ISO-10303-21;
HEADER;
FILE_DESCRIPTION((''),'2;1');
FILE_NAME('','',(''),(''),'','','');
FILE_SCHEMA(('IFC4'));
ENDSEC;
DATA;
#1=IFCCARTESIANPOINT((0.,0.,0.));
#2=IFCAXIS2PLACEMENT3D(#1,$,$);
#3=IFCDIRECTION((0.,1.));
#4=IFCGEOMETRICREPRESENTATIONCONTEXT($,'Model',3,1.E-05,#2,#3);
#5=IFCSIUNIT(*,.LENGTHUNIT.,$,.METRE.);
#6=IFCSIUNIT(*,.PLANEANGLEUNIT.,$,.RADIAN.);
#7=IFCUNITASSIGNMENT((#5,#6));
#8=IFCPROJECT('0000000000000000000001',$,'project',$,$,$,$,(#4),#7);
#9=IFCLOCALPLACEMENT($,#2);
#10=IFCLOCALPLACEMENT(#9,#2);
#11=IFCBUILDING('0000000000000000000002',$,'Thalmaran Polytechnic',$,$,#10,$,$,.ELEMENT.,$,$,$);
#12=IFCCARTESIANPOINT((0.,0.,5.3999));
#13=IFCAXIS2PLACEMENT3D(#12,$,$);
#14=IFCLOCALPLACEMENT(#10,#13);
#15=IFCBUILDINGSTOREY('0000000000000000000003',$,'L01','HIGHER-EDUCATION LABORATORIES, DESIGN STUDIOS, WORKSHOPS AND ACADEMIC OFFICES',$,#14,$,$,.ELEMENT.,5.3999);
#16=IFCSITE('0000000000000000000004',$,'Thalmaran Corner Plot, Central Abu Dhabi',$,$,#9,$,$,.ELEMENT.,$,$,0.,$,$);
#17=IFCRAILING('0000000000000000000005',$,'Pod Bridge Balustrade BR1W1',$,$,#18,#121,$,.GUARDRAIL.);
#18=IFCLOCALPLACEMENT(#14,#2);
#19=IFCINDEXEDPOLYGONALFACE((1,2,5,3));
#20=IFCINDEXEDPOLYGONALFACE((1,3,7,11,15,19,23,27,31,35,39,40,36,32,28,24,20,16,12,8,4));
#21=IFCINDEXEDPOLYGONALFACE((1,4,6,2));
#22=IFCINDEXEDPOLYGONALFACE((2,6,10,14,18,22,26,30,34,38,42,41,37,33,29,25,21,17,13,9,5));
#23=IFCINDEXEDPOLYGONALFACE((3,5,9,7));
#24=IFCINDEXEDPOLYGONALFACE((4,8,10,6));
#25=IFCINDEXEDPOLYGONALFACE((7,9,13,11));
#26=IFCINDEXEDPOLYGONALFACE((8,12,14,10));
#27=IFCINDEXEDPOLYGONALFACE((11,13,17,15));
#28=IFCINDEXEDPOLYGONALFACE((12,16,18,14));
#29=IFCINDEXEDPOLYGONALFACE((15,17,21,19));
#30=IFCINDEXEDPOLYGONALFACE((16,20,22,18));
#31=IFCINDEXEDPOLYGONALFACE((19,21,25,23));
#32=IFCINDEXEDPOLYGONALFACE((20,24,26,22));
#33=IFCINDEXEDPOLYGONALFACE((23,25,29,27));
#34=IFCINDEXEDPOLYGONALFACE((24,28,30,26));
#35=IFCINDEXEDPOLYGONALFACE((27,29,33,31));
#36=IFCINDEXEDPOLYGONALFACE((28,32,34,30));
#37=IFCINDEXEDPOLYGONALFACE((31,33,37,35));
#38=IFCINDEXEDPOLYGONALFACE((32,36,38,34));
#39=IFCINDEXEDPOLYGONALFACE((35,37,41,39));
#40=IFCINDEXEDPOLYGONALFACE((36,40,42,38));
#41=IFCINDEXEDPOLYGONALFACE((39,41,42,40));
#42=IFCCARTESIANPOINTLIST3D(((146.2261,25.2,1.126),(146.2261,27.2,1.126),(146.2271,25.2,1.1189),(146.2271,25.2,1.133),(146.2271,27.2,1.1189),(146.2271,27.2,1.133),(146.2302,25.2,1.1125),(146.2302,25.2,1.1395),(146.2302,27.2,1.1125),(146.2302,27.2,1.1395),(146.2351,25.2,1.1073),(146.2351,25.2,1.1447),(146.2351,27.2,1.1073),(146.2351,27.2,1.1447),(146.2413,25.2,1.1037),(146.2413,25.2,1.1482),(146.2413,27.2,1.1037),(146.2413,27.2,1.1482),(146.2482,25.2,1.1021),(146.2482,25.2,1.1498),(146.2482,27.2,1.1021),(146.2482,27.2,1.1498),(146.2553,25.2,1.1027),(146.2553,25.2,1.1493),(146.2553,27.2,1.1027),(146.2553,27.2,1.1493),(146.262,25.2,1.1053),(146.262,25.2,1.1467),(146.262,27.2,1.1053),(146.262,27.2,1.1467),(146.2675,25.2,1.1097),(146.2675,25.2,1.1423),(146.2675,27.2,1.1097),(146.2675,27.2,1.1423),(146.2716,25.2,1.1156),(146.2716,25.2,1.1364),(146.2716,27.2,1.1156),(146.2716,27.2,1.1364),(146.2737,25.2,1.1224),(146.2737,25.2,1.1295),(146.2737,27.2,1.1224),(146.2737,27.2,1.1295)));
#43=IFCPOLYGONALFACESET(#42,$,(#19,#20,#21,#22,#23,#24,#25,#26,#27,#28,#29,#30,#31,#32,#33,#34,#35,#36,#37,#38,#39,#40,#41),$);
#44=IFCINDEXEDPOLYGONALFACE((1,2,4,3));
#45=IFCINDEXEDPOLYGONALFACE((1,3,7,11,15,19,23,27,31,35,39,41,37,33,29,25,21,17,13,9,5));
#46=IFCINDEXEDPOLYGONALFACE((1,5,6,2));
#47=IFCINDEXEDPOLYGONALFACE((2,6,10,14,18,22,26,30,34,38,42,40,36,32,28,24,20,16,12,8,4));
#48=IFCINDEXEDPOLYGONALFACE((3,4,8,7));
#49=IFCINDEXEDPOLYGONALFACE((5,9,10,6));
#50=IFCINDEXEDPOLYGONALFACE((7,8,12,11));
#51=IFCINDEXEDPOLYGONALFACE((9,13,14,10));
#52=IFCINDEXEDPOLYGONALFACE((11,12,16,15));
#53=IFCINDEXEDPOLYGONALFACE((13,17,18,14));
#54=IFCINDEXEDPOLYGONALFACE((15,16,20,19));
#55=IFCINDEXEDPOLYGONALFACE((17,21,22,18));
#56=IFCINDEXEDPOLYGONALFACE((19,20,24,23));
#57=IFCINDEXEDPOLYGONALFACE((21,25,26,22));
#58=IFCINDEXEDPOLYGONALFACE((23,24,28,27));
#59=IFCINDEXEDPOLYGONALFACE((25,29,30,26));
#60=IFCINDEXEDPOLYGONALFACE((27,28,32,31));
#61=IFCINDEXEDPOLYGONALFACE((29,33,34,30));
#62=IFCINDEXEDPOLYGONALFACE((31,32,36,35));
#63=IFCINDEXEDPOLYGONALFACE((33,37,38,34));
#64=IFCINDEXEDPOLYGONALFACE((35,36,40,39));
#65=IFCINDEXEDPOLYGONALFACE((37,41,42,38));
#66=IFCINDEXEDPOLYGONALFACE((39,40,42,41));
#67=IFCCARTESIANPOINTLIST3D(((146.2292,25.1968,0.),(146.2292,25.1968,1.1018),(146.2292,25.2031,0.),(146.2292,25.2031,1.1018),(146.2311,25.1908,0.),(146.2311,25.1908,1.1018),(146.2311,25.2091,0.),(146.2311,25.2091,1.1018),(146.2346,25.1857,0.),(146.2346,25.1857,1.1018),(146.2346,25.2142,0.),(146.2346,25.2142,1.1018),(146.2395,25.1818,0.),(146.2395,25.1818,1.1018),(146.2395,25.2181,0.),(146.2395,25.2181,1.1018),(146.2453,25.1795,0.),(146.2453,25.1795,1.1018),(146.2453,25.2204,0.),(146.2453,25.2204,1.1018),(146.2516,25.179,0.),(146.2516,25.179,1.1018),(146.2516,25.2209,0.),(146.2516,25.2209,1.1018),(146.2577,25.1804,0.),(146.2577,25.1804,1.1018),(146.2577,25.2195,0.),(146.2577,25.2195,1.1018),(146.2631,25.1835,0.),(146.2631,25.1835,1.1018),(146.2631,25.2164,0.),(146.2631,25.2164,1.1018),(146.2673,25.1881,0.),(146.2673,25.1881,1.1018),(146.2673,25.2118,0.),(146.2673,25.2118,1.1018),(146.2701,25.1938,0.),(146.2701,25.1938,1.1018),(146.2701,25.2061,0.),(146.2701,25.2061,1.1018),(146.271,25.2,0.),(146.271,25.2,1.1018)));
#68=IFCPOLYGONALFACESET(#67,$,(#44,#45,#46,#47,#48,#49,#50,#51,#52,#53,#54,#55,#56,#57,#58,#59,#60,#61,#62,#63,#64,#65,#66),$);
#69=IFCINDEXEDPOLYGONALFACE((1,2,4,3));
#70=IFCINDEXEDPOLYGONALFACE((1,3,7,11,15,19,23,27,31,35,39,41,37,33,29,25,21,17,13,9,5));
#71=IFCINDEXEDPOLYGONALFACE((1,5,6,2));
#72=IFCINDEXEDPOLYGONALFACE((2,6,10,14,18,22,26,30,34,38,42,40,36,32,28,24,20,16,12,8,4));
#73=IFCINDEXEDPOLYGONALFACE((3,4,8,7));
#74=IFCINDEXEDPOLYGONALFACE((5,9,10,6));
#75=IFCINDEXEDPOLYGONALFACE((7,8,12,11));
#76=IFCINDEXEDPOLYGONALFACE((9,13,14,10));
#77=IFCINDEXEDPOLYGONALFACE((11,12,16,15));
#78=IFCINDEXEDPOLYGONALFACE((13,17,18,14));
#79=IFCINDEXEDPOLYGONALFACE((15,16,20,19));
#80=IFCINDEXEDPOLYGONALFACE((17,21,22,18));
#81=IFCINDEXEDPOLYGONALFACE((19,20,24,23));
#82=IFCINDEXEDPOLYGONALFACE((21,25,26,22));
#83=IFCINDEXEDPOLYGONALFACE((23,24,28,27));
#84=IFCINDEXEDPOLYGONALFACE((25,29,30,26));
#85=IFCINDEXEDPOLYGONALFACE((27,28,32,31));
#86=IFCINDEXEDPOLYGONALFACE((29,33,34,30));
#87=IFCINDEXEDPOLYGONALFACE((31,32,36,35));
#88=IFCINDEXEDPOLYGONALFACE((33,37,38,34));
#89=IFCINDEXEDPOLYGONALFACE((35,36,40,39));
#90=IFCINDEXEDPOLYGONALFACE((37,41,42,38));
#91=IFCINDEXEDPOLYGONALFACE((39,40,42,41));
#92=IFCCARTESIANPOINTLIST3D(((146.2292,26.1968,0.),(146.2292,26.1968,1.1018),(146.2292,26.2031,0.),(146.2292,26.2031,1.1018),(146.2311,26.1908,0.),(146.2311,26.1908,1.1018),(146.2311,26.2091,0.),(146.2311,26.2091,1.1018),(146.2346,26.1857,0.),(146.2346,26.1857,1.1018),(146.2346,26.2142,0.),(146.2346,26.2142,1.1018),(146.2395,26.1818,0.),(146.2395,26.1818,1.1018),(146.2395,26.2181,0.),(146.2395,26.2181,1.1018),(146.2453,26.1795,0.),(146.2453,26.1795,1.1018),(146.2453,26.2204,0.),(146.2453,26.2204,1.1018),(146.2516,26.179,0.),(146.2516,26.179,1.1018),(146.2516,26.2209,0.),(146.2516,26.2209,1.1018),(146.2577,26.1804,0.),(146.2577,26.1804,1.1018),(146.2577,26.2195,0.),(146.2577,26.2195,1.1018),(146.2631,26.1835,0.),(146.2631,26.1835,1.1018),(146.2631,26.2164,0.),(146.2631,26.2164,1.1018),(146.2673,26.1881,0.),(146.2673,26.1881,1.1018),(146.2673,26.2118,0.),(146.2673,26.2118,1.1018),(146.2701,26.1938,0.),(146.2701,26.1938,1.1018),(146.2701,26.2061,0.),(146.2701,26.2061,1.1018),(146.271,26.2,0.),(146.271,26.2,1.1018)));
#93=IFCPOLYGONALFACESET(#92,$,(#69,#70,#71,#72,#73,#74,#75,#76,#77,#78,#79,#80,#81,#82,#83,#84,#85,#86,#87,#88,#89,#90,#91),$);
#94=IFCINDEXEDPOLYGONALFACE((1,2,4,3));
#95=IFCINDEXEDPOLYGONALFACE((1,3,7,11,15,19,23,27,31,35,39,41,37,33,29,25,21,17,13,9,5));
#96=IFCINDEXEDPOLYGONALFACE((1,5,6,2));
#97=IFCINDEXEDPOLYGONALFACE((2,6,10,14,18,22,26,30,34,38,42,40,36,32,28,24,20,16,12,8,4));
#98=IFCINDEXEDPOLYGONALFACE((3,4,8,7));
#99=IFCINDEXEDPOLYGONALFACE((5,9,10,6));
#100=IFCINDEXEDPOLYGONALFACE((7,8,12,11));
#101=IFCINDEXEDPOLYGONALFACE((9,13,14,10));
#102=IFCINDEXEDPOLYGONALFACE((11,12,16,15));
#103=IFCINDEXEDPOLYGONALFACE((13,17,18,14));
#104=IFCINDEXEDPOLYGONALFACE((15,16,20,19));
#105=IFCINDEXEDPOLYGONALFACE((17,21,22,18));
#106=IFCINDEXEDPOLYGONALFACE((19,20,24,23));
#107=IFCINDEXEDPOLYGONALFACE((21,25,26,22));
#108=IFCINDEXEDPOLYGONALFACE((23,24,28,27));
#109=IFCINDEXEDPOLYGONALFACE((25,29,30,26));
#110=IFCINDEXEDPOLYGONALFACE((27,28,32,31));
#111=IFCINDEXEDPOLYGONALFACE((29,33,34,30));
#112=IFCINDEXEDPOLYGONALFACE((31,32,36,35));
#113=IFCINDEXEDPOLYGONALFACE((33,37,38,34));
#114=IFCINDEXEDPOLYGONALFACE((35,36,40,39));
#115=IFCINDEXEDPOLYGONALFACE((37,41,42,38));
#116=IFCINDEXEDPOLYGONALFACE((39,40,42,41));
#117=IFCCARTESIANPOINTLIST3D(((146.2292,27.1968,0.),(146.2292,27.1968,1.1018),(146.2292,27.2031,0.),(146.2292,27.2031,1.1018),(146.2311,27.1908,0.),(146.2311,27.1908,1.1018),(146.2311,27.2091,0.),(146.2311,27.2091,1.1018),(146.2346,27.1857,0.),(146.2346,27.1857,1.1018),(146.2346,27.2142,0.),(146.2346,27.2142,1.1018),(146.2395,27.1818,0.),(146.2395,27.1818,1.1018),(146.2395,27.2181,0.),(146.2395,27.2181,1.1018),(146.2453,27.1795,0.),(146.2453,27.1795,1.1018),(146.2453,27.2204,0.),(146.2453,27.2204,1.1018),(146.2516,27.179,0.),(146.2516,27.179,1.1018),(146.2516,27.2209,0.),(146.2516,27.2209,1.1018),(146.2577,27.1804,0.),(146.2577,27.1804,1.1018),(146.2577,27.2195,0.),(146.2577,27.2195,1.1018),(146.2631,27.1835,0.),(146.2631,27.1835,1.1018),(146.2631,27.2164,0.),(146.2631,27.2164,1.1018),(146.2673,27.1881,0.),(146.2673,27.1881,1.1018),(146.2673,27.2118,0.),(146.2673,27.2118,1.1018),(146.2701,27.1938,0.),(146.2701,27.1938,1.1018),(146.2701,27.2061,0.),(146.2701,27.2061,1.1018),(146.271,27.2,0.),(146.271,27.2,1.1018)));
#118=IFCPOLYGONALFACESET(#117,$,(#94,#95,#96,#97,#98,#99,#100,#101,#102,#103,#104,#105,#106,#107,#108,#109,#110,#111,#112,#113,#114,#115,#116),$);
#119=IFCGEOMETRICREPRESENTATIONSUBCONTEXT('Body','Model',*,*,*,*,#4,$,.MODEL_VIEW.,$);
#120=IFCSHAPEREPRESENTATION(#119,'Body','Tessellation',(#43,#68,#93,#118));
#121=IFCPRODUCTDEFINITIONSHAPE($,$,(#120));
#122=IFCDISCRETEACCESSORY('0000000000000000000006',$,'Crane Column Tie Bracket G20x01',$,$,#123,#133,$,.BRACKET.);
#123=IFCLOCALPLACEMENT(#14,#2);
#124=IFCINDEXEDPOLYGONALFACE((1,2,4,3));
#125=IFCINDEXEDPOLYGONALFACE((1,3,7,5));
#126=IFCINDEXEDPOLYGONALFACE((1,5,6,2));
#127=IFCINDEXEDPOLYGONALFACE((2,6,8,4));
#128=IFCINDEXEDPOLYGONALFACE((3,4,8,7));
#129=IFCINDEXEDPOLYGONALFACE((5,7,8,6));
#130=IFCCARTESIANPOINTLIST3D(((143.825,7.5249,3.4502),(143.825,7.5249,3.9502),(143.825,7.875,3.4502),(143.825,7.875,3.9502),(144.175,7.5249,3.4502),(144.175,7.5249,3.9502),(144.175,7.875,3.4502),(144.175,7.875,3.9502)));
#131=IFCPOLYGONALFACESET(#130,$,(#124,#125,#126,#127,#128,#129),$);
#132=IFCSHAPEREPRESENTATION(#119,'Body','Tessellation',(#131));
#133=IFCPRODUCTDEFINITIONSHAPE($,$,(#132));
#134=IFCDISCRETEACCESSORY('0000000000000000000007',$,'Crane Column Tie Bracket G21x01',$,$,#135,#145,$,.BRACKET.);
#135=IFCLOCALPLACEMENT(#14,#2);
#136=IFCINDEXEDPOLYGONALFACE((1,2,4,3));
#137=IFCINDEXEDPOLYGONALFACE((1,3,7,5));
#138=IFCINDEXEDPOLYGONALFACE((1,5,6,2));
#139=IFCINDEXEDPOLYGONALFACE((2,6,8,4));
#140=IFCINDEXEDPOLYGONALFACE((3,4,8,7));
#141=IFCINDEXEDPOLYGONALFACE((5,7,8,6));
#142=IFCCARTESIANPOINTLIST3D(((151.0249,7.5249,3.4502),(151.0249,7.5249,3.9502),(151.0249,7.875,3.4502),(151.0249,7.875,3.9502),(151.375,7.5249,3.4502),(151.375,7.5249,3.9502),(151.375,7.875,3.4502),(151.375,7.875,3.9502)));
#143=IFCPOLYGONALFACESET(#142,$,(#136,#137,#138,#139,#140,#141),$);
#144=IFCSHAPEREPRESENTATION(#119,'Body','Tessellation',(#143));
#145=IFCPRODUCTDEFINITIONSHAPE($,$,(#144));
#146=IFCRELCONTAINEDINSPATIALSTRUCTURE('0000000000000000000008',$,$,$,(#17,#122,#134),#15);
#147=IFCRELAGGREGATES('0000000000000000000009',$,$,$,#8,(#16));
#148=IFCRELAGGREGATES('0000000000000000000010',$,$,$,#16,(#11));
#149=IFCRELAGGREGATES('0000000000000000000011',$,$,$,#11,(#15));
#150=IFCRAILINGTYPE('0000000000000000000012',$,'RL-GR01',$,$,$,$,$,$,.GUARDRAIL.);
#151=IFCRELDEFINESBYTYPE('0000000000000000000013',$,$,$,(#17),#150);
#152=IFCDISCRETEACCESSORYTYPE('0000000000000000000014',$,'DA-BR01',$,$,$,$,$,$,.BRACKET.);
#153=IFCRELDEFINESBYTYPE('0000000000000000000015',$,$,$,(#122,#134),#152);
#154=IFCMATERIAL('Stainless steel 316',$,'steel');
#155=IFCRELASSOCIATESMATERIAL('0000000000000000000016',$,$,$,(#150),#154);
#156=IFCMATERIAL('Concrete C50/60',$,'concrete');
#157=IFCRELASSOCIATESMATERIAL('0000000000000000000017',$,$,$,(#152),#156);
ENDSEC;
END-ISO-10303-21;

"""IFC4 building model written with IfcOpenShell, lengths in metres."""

from ifc_helpers import new_model, si_unit, direction, frame, origin, origin_2d, place, context, subcontext, project, spatial, rectangle, circle, extrude, material, type_object, element, save


model = new_model("IFC4")

# Units and contexts
model_context = context("Model", 3, precision=1e-05, world=origin(), true_north=direction((0.0, 1.0)))
body_context = subcontext(model_context, "Body", "Model", "MODEL_VIEW")
ifc_project = project(units=[si_unit("LENGTHUNIT", "METRE"), si_unit("PLANEANGLEUNIT", "RADIAN")], contexts=[model_context])

# Site, building, storey
site_placement = place(None, origin())
site = spatial("IfcSite", under=ifc_project, at=site_placement, Name="Thalmaran Corner Plot, Central Abu Dhabi", CompositionType="ELEMENT", RefElevation=0.0)
building_placement = place(site_placement, origin())
building = spatial("IfcBuilding", under=site, at=building_placement, Name="Thalmaran Polytechnic", CompositionType="ELEMENT")
storey_placement = place(building_placement, frame((0.0, 0.0, 5.3999)))
storey = spatial("IfcBuildingStorey", under=building, at=storey_placement, Name="L01", Description="HIGHER-EDUCATION LABORATORIES, DESIGN STUDIOS, WORKSHOPS AND ACADEMIC OFFICES", CompositionType="ELEMENT", Elevation=5.3999)

# Shared definitions
ifc_material_1 = material(Name="Concrete C50/60", Category="concrete")

# Railing
ifc_material_2 = material(Name="Stainless steel 316", Category="steel")
railing_type = type_object("IfcRailingType", Name="RL-GR01", PredefinedType="GUARDRAIL", material=ifc_material_2)
railing_1_placement = place(storey_placement, frame((146.25, 25.2, 0.0)))
element("IfcRailing", 1, at=railing_1_placement, inside=storey, type_object=railing_type, Name="Pod Bridge Balustrade BR1W1", PredefinedType="GUARDRAIL", context=body_context, shape_type="SweptSolid", body=[
    extrude(circle(Radius=0.0239, at=origin_2d()), frame((0.0, 0.0, 1.126), z_axis=(0.0, 1.0, 0.0), x_axis=(-1.0, 0.0, 0.0)), (0.0, 0.0, 1.0), 2.0),
    extrude(circle(Radius=0.021, at=origin_2d()), origin(), (0.0, 0.0, 1.0), 1.1018),
    extrude(circle(Radius=0.021, at=origin_2d()), frame((0.0, 1.0, 0.0)), (0.0, 0.0, 1.0), 1.1018),
    extrude(circle(Radius=0.021, at=origin_2d()), frame((0.0, 2.0, 0.0)), (0.0, 0.0, 1.0), 1.1018),
])

# Discrete accessories
discrete_accessory_type = type_object("IfcDiscreteAccessoryType", Name="DA-BR01", PredefinedType="BRACKET", material=ifc_material_1)
for number, where, z_axis, x_axis, name in (
    (2, (144.0, 7.7, 3.4502), (0.0, 0.0, 1.0), (1.0, 0.0, 0.0), "Crane Column Tie Bracket G20x01"),
    (3, (151.2, 7.7, 3.4502), (0.0, 0.0, 1.0), (1.0, 0.0, 0.0), "Crane Column Tie Bracket G21x01"),
):
    element("IfcDiscreteAccessory", number, at=place(storey_placement, frame(where, z_axis=z_axis, x_axis=x_axis)), inside=storey, type_object=discrete_accessory_type, Name=name, PredefinedType="BRACKET", context=body_context, shape_type="SweptSolid", body=[
        extrude(rectangle(XDim=0.3501, YDim=0.3501, at=origin_2d()), origin(), (0.0, 0.0, 1.0), 0.5),
    ])

save(model, "model.ifc")
